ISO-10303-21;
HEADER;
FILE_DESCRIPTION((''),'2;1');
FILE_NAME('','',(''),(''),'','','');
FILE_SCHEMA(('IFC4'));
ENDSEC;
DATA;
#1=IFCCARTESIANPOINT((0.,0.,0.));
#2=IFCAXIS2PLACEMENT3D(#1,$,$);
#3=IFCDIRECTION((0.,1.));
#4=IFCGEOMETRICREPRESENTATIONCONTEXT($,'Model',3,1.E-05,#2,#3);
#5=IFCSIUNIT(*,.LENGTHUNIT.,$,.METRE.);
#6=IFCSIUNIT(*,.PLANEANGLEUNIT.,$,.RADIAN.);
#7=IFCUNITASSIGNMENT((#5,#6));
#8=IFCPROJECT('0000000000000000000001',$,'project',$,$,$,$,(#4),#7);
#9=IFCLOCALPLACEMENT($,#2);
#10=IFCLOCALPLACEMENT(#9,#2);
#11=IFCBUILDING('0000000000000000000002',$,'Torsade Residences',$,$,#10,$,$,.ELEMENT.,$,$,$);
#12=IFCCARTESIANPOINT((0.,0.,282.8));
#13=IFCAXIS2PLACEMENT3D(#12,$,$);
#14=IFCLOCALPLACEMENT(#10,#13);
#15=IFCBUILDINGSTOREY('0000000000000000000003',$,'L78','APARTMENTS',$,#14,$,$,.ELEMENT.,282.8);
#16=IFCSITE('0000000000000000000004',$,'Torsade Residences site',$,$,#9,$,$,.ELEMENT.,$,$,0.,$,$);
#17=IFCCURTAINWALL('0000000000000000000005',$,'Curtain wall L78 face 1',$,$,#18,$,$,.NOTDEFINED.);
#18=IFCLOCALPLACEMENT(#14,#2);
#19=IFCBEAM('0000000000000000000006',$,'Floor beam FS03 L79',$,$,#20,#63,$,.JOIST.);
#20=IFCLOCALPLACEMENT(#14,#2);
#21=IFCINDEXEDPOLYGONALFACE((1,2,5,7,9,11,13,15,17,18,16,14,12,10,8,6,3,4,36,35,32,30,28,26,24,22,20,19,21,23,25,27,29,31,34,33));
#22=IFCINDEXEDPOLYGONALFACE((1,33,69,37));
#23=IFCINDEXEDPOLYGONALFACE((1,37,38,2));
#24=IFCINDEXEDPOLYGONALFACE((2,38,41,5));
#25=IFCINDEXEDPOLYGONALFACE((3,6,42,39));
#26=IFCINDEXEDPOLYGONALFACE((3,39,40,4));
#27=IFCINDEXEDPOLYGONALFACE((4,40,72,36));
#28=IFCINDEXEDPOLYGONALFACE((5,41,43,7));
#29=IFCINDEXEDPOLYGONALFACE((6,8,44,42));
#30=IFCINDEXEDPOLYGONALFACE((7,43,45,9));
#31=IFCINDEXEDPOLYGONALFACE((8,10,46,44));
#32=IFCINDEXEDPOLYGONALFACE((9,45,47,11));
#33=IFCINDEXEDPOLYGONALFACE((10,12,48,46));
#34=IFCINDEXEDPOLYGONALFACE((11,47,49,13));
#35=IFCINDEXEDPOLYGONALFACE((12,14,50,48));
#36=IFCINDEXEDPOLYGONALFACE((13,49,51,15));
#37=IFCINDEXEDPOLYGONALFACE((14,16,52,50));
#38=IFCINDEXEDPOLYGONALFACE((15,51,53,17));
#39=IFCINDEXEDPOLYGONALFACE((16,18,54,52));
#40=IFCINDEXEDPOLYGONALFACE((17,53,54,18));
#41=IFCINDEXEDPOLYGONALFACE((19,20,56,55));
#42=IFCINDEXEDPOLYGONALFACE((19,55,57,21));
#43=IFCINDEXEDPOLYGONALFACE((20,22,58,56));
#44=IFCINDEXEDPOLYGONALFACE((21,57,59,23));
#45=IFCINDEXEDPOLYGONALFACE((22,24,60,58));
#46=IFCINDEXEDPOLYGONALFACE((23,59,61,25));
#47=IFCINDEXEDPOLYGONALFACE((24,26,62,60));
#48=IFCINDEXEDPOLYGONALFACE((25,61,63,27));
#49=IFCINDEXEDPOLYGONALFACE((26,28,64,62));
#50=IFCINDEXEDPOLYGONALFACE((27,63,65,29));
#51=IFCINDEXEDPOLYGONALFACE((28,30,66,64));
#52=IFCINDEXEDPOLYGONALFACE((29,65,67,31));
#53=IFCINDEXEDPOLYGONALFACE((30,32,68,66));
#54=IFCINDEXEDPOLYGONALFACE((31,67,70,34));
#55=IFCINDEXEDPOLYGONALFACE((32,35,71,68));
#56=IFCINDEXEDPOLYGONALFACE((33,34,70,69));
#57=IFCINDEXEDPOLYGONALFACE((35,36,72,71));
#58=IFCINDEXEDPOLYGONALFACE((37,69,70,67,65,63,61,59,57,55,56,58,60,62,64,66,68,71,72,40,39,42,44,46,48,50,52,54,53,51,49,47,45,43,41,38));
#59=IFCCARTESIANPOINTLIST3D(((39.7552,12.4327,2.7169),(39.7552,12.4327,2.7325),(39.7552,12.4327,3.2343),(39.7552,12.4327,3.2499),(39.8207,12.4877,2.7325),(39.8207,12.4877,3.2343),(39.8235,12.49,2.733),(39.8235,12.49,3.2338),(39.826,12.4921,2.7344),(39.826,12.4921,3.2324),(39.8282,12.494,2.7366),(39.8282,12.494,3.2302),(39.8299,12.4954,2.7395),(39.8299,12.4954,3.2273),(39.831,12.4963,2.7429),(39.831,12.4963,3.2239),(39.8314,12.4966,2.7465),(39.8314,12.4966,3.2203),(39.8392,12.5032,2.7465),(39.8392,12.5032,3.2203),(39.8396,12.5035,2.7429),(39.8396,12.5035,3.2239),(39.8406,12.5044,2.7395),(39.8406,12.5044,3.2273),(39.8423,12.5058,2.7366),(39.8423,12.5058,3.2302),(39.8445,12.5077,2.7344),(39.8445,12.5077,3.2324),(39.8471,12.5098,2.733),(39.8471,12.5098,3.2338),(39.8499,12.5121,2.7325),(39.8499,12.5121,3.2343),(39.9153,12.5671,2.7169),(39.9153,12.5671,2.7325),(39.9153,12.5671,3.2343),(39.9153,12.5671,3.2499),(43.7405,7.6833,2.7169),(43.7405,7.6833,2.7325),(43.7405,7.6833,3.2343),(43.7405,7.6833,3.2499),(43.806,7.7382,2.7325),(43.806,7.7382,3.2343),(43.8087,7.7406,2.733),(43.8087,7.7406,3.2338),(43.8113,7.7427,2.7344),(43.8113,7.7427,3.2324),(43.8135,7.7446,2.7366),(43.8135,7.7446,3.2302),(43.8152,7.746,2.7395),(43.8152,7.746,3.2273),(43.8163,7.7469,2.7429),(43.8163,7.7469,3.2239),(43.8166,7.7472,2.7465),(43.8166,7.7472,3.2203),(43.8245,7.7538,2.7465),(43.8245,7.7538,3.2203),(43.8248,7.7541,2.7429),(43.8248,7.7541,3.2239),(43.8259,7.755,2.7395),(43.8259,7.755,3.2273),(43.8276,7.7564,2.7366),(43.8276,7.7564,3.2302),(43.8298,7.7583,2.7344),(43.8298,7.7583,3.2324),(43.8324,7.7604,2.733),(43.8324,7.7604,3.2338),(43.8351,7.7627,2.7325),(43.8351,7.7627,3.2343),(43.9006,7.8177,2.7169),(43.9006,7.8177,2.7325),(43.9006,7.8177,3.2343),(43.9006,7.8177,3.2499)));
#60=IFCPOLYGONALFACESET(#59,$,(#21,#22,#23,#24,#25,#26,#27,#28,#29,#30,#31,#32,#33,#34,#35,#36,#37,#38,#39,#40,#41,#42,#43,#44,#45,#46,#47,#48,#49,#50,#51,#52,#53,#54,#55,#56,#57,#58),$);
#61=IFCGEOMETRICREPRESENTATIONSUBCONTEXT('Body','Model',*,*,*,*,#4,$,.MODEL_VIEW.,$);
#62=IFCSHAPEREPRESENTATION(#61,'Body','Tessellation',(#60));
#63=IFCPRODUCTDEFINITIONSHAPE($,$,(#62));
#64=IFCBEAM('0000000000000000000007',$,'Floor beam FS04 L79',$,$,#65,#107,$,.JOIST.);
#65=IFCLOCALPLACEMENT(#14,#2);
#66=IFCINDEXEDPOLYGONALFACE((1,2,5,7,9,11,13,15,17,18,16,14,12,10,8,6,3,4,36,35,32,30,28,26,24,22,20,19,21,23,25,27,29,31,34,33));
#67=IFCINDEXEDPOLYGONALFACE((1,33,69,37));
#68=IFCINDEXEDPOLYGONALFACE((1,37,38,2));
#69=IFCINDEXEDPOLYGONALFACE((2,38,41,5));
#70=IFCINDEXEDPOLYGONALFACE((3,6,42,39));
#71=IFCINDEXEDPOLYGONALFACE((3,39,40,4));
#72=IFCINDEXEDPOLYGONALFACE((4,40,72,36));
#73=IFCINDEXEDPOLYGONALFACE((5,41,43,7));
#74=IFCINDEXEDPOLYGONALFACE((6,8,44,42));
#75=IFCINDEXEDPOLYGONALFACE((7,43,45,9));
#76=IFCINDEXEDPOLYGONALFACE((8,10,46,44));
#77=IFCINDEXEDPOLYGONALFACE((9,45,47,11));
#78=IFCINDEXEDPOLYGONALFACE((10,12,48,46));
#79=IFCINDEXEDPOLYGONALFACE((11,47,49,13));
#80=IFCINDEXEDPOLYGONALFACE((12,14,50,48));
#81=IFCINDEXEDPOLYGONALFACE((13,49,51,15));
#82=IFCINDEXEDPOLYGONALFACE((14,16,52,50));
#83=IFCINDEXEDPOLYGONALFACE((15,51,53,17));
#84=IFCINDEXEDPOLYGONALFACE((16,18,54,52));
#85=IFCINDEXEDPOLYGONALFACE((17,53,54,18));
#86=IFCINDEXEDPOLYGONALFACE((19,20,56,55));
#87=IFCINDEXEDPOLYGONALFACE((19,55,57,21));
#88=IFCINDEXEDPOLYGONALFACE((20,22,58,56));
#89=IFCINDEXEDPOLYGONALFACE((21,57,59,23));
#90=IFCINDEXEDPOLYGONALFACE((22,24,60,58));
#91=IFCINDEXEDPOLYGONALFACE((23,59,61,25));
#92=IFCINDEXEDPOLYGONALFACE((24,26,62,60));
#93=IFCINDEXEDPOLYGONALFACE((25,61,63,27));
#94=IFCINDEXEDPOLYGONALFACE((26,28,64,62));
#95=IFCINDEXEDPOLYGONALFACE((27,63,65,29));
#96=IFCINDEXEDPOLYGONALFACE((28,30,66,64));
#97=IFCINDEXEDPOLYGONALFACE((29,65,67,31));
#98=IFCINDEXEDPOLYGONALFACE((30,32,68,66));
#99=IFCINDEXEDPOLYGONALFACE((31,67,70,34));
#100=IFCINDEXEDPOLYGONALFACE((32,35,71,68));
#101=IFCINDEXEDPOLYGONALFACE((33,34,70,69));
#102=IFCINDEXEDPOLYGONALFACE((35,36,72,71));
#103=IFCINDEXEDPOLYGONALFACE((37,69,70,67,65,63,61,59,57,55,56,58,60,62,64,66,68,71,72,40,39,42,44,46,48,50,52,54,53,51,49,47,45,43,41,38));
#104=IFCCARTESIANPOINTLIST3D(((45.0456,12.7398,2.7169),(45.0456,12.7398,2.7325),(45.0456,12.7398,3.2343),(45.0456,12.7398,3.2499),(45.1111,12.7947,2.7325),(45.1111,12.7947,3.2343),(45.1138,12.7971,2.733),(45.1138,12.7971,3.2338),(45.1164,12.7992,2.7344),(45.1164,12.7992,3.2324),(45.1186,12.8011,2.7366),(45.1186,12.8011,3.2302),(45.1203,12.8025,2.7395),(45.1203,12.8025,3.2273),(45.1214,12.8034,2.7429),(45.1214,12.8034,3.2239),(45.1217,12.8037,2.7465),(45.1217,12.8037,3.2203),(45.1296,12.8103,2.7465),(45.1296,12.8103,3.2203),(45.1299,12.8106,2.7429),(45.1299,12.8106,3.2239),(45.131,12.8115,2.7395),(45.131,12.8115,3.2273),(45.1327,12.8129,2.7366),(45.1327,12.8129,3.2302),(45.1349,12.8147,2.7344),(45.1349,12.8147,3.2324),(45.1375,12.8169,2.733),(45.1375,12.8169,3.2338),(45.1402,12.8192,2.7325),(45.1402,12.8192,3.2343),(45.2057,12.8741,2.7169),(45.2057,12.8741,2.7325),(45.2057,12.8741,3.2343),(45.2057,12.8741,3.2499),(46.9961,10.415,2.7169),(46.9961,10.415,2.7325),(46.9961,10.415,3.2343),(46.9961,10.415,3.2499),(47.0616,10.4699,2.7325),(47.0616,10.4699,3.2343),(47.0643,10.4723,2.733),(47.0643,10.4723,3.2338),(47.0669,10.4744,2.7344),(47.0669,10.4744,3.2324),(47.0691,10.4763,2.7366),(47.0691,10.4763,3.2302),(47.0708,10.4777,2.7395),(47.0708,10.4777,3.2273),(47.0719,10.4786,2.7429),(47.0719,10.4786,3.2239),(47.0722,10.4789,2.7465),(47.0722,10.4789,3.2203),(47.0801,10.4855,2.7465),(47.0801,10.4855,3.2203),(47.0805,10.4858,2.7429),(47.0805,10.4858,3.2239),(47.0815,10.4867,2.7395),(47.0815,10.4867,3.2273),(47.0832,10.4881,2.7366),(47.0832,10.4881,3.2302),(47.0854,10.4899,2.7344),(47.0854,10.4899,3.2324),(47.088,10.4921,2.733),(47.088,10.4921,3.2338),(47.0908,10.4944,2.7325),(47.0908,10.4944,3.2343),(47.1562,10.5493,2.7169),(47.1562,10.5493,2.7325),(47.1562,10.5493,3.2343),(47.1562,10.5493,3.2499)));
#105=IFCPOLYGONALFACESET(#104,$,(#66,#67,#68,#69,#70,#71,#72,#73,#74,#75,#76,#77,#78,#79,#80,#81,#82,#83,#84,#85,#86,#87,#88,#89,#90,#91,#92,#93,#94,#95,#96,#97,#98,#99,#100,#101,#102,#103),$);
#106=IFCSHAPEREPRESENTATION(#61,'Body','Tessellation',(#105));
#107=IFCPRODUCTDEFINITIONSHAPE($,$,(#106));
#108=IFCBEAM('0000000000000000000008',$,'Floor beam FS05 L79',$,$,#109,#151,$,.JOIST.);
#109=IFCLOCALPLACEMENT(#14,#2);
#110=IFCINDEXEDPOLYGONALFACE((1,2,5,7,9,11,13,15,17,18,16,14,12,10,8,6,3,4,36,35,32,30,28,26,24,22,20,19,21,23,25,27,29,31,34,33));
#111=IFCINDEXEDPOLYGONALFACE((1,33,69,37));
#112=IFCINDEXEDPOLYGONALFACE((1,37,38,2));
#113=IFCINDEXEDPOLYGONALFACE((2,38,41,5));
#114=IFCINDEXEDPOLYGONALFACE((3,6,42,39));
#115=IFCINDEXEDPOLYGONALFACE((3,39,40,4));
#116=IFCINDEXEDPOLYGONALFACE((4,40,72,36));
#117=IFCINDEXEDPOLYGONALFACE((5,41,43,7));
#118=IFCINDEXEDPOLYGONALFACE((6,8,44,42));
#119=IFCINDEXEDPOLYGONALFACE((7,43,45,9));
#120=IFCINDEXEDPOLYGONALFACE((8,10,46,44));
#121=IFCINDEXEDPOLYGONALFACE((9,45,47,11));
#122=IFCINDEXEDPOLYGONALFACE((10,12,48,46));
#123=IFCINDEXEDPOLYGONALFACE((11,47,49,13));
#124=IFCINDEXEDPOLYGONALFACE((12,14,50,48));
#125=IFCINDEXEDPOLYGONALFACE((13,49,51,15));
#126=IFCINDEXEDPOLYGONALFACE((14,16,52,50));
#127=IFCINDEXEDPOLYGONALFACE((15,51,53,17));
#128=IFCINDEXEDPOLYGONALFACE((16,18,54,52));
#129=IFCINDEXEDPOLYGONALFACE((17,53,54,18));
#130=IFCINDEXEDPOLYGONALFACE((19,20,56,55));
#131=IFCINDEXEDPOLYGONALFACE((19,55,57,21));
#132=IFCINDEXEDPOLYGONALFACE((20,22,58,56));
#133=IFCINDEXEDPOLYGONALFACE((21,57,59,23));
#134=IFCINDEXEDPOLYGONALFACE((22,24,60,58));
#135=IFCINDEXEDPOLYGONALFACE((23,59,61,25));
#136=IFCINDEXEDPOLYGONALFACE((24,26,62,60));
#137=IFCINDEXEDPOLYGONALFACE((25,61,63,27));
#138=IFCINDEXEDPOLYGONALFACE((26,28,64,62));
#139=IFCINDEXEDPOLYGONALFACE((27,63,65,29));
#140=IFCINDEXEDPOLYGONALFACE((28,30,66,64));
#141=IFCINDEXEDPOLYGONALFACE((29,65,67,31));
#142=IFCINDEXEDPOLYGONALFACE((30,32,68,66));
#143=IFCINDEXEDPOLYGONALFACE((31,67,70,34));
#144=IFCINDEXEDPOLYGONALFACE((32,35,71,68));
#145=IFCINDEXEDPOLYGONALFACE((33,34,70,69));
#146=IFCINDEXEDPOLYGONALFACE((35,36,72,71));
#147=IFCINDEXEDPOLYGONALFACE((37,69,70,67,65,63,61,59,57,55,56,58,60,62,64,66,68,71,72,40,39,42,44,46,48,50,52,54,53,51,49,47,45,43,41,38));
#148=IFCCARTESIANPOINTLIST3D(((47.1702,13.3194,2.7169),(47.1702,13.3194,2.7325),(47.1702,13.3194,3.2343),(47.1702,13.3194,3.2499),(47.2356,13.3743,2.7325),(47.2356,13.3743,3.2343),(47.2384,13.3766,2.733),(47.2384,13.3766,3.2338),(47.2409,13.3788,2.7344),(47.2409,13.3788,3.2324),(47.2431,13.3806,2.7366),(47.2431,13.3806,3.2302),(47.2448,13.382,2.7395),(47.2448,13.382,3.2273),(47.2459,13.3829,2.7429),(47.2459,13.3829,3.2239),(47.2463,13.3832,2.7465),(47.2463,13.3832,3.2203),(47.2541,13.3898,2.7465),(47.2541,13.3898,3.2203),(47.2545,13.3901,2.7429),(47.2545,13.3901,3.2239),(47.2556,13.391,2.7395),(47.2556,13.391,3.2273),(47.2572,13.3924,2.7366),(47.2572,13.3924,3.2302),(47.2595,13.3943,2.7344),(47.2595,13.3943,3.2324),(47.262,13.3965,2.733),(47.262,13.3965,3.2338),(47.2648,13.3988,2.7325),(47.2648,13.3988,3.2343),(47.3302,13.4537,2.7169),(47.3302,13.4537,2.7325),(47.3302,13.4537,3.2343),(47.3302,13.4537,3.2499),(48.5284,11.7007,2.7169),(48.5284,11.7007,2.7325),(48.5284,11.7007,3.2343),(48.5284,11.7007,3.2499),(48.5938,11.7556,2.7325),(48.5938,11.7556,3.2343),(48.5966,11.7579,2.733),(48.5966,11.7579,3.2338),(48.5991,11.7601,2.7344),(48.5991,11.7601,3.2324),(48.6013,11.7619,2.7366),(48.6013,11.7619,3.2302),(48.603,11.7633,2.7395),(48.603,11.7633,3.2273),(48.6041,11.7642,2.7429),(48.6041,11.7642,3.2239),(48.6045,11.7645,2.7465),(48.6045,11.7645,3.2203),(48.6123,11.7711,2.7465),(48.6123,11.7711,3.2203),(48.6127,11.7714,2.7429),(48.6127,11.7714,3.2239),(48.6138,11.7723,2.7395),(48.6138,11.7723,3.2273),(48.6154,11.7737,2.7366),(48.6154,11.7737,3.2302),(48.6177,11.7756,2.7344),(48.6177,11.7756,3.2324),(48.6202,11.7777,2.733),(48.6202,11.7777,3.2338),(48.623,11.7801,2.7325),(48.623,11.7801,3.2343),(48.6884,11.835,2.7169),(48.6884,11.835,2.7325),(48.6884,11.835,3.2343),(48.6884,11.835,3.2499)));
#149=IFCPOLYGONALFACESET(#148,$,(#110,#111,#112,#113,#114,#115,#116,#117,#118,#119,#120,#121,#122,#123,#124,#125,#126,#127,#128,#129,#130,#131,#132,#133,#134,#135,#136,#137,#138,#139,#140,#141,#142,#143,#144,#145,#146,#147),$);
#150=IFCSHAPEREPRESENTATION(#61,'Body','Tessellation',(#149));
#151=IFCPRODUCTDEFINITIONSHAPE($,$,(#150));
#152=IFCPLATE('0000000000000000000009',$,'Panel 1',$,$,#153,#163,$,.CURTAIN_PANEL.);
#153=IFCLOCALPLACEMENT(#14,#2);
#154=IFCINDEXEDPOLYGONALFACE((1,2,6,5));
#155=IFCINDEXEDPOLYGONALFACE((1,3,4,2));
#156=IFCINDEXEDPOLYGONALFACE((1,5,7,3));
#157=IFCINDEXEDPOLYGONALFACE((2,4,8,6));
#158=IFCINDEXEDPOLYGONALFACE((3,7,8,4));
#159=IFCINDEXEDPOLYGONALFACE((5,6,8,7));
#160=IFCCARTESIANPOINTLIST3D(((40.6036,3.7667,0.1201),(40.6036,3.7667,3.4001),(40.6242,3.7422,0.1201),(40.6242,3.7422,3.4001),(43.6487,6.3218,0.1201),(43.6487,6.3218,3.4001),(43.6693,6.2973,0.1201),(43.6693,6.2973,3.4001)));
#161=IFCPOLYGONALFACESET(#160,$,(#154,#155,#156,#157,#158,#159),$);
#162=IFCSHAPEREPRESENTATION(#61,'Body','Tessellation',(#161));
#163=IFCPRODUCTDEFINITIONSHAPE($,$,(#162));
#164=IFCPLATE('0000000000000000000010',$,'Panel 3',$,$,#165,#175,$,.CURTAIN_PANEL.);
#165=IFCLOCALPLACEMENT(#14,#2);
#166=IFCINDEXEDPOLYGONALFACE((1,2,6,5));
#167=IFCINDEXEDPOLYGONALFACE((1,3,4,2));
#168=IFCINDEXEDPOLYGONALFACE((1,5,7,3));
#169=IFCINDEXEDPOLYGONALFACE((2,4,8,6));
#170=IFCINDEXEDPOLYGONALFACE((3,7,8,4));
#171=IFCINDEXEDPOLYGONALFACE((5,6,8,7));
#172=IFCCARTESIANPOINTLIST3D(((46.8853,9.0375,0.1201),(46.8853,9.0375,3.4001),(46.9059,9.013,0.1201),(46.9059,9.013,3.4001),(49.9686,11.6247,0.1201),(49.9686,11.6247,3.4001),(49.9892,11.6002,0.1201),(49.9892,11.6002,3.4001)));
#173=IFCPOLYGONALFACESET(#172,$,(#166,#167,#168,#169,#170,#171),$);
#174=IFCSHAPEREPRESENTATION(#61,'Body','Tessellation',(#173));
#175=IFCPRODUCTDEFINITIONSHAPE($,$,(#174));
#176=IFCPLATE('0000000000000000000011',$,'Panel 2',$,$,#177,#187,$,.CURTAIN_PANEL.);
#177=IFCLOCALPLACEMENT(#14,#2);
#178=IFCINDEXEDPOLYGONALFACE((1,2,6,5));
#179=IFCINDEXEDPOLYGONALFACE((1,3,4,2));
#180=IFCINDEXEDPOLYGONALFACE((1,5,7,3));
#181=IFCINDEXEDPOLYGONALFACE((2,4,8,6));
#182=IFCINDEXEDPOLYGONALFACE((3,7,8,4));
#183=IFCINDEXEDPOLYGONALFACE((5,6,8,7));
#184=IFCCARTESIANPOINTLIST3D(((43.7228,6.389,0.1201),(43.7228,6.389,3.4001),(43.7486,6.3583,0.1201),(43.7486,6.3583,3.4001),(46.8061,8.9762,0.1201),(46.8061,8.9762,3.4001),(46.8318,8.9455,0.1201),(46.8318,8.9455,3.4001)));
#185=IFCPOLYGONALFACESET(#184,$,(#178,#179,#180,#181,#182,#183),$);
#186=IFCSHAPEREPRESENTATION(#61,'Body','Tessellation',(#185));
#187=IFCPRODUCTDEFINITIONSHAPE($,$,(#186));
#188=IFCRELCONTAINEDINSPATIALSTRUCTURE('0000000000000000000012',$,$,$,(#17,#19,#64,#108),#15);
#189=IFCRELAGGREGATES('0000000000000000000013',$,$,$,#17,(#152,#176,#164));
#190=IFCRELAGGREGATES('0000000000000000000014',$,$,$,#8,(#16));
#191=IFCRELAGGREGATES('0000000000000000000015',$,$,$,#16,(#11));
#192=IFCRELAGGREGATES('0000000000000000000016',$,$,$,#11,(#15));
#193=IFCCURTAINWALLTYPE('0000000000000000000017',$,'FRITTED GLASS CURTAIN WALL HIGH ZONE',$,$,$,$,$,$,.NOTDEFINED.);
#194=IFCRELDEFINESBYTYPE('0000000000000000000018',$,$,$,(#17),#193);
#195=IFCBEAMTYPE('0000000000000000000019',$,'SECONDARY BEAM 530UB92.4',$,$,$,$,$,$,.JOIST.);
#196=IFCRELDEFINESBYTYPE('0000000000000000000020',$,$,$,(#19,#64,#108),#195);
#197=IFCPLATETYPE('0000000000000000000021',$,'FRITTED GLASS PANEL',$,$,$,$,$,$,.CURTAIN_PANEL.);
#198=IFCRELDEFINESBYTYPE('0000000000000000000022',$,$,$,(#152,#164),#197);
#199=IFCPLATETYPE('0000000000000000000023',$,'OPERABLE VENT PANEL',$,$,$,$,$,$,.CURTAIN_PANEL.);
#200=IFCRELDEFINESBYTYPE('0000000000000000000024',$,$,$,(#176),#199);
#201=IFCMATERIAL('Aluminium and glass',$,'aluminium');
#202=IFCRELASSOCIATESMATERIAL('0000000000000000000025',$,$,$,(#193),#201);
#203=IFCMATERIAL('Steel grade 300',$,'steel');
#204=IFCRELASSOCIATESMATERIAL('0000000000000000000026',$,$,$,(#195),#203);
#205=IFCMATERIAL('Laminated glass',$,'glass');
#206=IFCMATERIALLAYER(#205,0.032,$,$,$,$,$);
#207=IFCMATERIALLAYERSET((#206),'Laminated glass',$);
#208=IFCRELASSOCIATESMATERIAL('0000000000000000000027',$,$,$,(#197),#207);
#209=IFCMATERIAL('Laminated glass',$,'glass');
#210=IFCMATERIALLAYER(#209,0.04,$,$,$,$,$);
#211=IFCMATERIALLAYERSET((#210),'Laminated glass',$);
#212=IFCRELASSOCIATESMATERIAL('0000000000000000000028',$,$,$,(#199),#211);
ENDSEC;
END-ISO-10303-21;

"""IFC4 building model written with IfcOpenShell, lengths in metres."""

from ifc_helpers import new_model, si_unit, direction, frame, origin, origin_2d, place, context, subcontext, project, spatial, rectangle, i_section, extrude, material, layer, layer_set, material_profile, profile_set, type_object, element, aggregate, save


model = new_model("IFC4")

# Units and contexts
model_context = context("Model", 3, precision=1e-05, world=origin(), true_north=direction((0.0, 1.0)))
body_context = subcontext(model_context, "Body", "Model", "MODEL_VIEW")
ifc_project = project(units=[si_unit("LENGTHUNIT", "METRE"), si_unit("PLANEANGLEUNIT", "RADIAN")], contexts=[model_context])

# Site, building, storey
site_placement = place(None, origin())
site = spatial("IfcSite", under=ifc_project, at=site_placement, Name="Torsade Residences site", CompositionType="ELEMENT", RefElevation=0.0)
building_placement = place(site_placement, origin())
building = spatial("IfcBuilding", under=site, at=building_placement, Name="Torsade Residences", CompositionType="ELEMENT")
storey_placement = place(building_placement, frame((0.0, 0.0, 282.8)))
storey = spatial("IfcBuildingStorey", under=building, at=storey_placement, Name="L78", Description="APARTMENTS", CompositionType="ELEMENT", Elevation=282.8)

# Curtain wall
ifc_material_1 = material(Name="Aluminium and glass", Category="aluminium")
curtain_wall_type = type_object("IfcCurtainWallType", Name="FRITTED GLASS CURTAIN WALL HIGH ZONE", PredefinedType="NOTDEFINED", material=ifc_material_1)
curtain_wall_placement = place(storey_placement, origin())
curtain_wall = element("IfcCurtainWall", 1, at=curtain_wall_placement, inside=storey, type_object=curtain_wall_type, Name="Curtain wall L78 face 1", PredefinedType="NOTDEFINED")

# Beams
ifc_material_2 = material(Name="Steel grade 300", Category="steel")
ifc_material_profile_1 = material_profile(ifc_material_2, i_section(OverallWidth=0.209, OverallDepth=0.533, WebThickness=0.0103, FlangeThickness=0.0156, FilletRadius=0.0139, at=origin_2d()), Name="530UB92.4")
ifc_profile_set_1 = profile_set([ifc_material_profile_1], Name="Steel grade 300")
beam_type_1 = type_object("IfcBeamType", Name="SECONDARY BEAM 530UB92.4", PredefinedType="JOIST", material=ifc_profile_set_1)
beam_1_placement = place(storey_placement, frame((43.8206, 7.7505, 2.9834), z_axis=(-0.642791, 0.766041, 0.0), x_axis=(-0.766041, -0.642791, 0.0)))
element("IfcBeam", 2, at=beam_1_placement, inside=storey, type_object=beam_type_1, Name="Floor beam FS03 L79", PredefinedType="JOIST", context=body_context, shape_type="SweptSolid", body=[
    extrude(i_section(OverallWidth=0.209, OverallDepth=0.533, WebThickness=0.0103, FlangeThickness=0.0156, FilletRadius=0.0139, at=origin_2d()), origin(), (0.0, 0.0, 1.0), 6.2),
])
beam_2_placement = place(storey_placement, frame((47.0762, 10.4822, 2.9834), z_axis=(-0.642745, 0.76608, 0.0), x_axis=(-0.76608, -0.642745, 0.0)))
element("IfcBeam", 3, at=beam_2_placement, inside=storey, type_object=beam_type_1, Name="Floor beam FS04 L79", PredefinedType="JOIST", context=body_context, shape_type="SweptSolid", body=[
    extrude(i_section(OverallWidth=0.209, OverallDepth=0.533, WebThickness=0.0103, FlangeThickness=0.0156, FilletRadius=0.0139, at=origin_2d()), origin(), (0.0, 0.0, 1.0), 3.0347),
])
beam_3_placement = place(storey_placement, frame((48.6084, 11.7678, 2.9834), z_axis=(-0.642772, 0.766058, 0.0), x_axis=(-0.766058, -0.642772, 0.0)))
element("IfcBeam", 4, at=beam_3_placement, inside=storey, type_object=beam_type_1, Name="Floor beam FS05 L79", PredefinedType="JOIST", context=body_context, shape_type="SweptSolid", body=[
    extrude(i_section(OverallWidth=0.209, OverallDepth=0.533, WebThickness=0.0103, FlangeThickness=0.0156, FilletRadius=0.0139, at=origin_2d()), origin(), (0.0, 0.0, 1.0), 2.113),
])

# Plates
ifc_material_3 = material(Name="Laminated glass", Category="glass")
ifc_layer_1 = layer(ifc_material_3, 0.032)
ifc_layer_set_1 = layer_set([ifc_layer_1], Name="Laminated glass")
plate_type_1 = type_object("IfcPlateType", Name="FRITTED GLASS PANEL", PredefinedType="CURTAIN_PANEL", material=ifc_layer_set_1)
plate_1_placement = place(storey_placement, frame((42.1365, 5.032, 0.1201), z_axis=(0.0, 0.0, 1.0), x_axis=(0.766044, 0.642788, 0.0)))
plate_1 = element("IfcPlate", 5, at=plate_1_placement, type_object=plate_type_1, Name="Panel 1", PredefinedType="CURTAIN_PANEL", context=body_context, shape_type="SweptSolid", body=[
    extrude(rectangle(XDim=3.9751, YDim=0.032, at=origin_2d()), origin(), (0.0, 0.0, 1.0), 3.28),
])
plate_2_placement = place(storey_placement, frame((48.4373, 10.3188, 0.1201), z_axis=(0.0, 0.0, 1.0), x_axis=(0.766044, 0.642788, 0.0)))
plate_2 = element("IfcPlate", 6, at=plate_2_placement, type_object=plate_type_1, Name="Panel 3", PredefinedType="CURTAIN_PANEL", context=body_context, shape_type="SweptSolid", body=[
    extrude(rectangle(XDim=4.0249, YDim=0.032, at=origin_2d()), origin(), (0.0, 0.0, 1.0), 3.28),
])
ifc_material_4 = material(Name="Laminated glass", Category="glass")
ifc_layer_2 = layer(ifc_material_4, 0.04)
ifc_layer_set_2 = layer_set([ifc_layer_2], Name="Laminated glass")
plate_type_2 = type_object("IfcPlateType", Name="OPERABLE VENT PANEL", PredefinedType="CURTAIN_PANEL", material=ifc_layer_set_2)
plate_3_placement = place(storey_placement, frame((45.2773, 7.6672, 0.1201), z_axis=(0.0, 0.0, 1.0), x_axis=(0.766044, 0.642788, 0.0)))
plate_3 = element("IfcPlate", 7, at=plate_3_placement, type_object=plate_type_2, Name="Panel 2", PredefinedType="CURTAIN_PANEL", context=body_context, shape_type="SweptSolid", body=[
    extrude(rectangle(XDim=4.0249, YDim=0.04, at=origin_2d()), origin(), (0.0, 0.0, 1.0), 3.28),
])
aggregate(curtain_wall, [plate_1, plate_3, plate_2])

save(model, "model.ifc")
